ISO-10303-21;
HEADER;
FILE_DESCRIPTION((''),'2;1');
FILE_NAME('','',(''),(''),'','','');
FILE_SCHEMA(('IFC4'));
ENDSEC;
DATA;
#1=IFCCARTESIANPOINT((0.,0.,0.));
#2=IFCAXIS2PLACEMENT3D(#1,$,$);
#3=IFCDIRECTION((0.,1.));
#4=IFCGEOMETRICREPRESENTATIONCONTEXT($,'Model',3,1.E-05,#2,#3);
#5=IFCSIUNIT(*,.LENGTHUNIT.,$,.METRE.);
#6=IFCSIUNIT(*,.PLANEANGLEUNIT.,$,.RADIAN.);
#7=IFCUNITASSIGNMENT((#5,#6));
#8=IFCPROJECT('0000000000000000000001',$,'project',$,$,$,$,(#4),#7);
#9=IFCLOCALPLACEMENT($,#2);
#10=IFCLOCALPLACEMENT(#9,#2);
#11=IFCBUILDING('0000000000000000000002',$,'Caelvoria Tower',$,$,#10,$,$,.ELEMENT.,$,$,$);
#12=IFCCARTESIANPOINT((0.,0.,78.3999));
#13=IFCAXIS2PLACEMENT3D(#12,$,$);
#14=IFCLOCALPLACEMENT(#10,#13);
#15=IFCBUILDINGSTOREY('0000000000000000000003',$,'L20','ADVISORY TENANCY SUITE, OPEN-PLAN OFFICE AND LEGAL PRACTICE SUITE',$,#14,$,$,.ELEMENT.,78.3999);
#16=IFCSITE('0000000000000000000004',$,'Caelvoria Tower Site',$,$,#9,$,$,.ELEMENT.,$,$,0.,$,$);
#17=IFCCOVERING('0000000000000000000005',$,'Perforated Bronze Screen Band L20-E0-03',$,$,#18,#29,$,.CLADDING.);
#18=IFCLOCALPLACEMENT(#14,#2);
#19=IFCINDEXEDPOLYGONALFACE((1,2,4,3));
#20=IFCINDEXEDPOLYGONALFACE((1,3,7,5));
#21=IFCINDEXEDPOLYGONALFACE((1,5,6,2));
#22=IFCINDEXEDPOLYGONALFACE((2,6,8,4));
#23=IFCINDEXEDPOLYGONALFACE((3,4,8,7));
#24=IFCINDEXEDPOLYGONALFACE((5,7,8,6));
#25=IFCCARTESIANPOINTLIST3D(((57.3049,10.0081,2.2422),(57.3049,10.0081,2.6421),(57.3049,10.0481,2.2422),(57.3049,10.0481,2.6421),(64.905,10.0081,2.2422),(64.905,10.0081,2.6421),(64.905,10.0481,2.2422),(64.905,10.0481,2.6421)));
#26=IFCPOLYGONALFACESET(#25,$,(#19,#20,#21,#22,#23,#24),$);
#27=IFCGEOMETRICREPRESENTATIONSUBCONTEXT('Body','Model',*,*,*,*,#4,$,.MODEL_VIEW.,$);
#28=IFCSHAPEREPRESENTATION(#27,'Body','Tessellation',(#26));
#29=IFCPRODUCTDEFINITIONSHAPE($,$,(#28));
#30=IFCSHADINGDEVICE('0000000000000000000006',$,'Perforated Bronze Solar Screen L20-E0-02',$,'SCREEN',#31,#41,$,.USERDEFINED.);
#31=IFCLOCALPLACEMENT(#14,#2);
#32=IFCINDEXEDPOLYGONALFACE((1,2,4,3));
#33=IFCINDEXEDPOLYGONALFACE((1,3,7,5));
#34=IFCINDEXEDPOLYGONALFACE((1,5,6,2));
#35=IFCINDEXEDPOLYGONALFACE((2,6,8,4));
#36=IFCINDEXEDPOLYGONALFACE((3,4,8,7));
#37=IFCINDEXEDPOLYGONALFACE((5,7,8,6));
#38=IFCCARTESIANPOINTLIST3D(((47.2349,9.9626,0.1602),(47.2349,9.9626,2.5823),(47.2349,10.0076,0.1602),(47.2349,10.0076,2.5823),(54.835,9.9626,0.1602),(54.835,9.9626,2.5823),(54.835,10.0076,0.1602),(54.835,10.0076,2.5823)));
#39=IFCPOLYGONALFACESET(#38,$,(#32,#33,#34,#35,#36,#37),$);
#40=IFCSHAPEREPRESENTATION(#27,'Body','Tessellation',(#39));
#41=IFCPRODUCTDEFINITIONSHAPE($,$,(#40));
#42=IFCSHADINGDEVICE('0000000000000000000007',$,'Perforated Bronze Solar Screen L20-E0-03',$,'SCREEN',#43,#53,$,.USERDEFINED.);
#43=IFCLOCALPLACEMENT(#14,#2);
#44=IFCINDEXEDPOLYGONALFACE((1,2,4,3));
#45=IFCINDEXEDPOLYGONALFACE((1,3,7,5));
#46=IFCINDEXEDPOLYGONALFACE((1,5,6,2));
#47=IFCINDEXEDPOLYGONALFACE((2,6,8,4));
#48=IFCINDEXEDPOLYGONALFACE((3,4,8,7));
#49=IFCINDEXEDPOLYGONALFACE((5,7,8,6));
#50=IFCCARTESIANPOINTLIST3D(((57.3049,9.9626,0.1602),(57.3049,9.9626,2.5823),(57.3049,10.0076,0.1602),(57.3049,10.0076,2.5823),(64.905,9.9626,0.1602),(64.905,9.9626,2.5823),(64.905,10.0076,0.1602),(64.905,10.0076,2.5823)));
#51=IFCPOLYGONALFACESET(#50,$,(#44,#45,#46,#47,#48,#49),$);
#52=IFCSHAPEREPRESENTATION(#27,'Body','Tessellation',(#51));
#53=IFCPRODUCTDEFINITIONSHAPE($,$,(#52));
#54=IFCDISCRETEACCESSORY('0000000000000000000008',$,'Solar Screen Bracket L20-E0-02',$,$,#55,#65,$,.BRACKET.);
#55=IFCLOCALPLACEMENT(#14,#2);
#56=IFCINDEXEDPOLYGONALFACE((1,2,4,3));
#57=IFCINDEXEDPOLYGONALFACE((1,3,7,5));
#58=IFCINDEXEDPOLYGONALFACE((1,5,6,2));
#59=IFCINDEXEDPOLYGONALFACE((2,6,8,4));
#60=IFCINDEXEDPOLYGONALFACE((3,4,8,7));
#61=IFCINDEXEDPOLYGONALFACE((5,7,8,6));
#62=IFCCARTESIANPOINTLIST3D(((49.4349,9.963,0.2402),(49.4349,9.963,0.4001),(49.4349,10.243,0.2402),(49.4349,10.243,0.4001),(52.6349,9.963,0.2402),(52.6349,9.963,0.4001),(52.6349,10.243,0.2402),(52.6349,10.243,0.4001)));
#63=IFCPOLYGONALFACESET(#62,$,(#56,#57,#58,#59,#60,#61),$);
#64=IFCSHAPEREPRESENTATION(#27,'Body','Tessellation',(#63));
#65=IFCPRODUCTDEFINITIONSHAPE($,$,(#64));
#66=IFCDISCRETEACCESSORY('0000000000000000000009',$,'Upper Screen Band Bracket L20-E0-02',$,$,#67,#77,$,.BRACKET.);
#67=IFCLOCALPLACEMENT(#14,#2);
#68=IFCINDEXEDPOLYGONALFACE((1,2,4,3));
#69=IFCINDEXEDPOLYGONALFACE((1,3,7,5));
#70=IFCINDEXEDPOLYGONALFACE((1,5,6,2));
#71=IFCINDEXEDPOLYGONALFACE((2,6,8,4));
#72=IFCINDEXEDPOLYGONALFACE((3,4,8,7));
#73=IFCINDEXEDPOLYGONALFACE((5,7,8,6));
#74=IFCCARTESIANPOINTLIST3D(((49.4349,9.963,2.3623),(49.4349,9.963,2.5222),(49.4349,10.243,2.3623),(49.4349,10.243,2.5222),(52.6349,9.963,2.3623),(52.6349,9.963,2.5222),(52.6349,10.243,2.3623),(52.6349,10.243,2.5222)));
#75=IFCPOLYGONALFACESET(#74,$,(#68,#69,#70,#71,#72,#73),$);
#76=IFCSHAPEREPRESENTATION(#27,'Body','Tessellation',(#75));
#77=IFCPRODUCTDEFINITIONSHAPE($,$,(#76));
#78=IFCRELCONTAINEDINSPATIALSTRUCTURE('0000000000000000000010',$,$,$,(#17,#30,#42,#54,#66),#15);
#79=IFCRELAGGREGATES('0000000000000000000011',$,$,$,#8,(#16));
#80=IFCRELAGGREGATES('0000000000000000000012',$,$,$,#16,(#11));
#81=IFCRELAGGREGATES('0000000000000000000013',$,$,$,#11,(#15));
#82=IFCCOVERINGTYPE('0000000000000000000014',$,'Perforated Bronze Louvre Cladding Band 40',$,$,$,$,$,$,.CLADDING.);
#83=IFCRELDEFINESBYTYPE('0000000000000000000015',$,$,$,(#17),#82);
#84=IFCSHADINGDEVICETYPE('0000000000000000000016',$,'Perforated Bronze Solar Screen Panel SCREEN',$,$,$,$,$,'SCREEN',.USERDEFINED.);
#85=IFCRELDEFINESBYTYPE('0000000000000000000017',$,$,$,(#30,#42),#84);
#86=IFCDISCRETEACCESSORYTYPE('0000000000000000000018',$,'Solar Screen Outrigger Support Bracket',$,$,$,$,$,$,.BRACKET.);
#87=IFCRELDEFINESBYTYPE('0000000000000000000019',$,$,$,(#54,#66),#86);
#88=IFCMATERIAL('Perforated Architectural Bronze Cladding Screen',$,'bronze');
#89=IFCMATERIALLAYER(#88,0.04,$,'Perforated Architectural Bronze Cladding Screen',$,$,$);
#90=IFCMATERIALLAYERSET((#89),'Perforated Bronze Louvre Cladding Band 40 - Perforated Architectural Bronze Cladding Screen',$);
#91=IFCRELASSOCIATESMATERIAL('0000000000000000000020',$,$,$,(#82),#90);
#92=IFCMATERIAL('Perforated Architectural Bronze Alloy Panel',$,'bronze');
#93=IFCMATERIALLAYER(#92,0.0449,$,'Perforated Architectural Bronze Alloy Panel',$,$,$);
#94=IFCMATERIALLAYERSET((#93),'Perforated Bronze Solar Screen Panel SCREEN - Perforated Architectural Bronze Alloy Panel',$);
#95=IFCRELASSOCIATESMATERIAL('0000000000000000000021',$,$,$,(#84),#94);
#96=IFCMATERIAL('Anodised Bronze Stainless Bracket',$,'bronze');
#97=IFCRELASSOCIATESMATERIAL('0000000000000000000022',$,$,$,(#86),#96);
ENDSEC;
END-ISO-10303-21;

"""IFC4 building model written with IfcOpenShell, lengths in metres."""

from ifc_helpers import new_model, si_unit, direction, frame, origin, origin_2d, place, context, subcontext, project, spatial, rectangle, extrude, material, layer, layer_set, type_object, element, save


model = new_model("IFC4")

# Units and contexts
model_context = context("Model", 3, precision=1e-05, world=origin(), true_north=direction((0.0, 1.0)))
body_context = subcontext(model_context, "Body", "Model", "MODEL_VIEW")
ifc_project = project(units=[si_unit("LENGTHUNIT", "METRE"), si_unit("PLANEANGLEUNIT", "RADIAN")], contexts=[model_context])

# Site, building, storey
site_placement = place(None, origin())
site = spatial("IfcSite", under=ifc_project, at=site_placement, Name="Caelvoria Tower Site", CompositionType="ELEMENT", RefElevation=0.0)
building_placement = place(site_placement, origin())
building = spatial("IfcBuilding", under=site, at=building_placement, Name="Caelvoria Tower", CompositionType="ELEMENT")
storey_placement = place(building_placement, frame((0.0, 0.0, 78.3999)))
storey = spatial("IfcBuildingStorey", under=building, at=storey_placement, Name="L20", Description="ADVISORY TENANCY SUITE, OPEN-PLAN OFFICE AND LEGAL PRACTICE SUITE", CompositionType="ELEMENT", Elevation=78.3999)

# Covering
ifc_material_1 = material(Name="Perforated Architectural Bronze Cladding Screen", Category="bronze")
ifc_layer_1 = layer(ifc_material_1, 0.04, Name="Perforated Architectural Bronze Cladding Screen")
ifc_layer_set_1 = layer_set([ifc_layer_1], Name="Perforated Bronze Louvre Cladding Band 40 - Perforated Architectural Bronze Cladding Screen")
covering_type = type_object("IfcCoveringType", Name="Perforated Bronze Louvre Cladding Band 40", PredefinedType="CLADDING", material=ifc_layer_set_1)
for number, where, z_axis, x_axis, name in (
    (1, (61.105, 10.0281, 2.2422), (0.0, 0.0, 1.0), (1.0, 0.0, 0.0), "Perforated Bronze Screen Band L20-E0-03"),
):
    element("IfcCovering", number, at=place(storey_placement, frame(where, z_axis=z_axis, x_axis=x_axis)), inside=storey, type_object=covering_type, Name=name, PredefinedType="CLADDING", context=body_context, shape_type="SweptSolid", body=[
        extrude(rectangle(XDim=7.6001, YDim=0.04, at=origin_2d()), origin(), (0.0, 0.0, 1.0), 0.3999),
    ])

# Shading devices
ifc_material_2 = material(Name="Perforated Architectural Bronze Alloy Panel", Category="bronze")
ifc_layer_2 = layer(ifc_material_2, 0.0449, Name="Perforated Architectural Bronze Alloy Panel")
ifc_layer_set_2 = layer_set([ifc_layer_2], Name="Perforated Bronze Solar Screen Panel SCREEN - Perforated Architectural Bronze Alloy Panel")
shading_device_type = type_object("IfcShadingDeviceType", Name="Perforated Bronze Solar Screen Panel SCREEN", ElementType="SCREEN", PredefinedType="USERDEFINED", material=ifc_layer_set_2)
for number, where, z_axis, x_axis, name in (
    (2, (51.0349, 9.9851, 0.1602), (0.0, 0.0, 1.0), (1.0, 0.0, 0.0), "Perforated Bronze Solar Screen L20-E0-02"),
    (3, (61.105, 9.9851, 0.1602), (0.0, 0.0, 1.0), (1.0, 0.0, 0.0), "Perforated Bronze Solar Screen L20-E0-03"),
):
    element("IfcShadingDevice", number, at=place(storey_placement, frame(where, z_axis=z_axis, x_axis=x_axis)), inside=storey, type_object=shading_device_type, Name=name, ObjectType="SCREEN", PredefinedType="USERDEFINED", context=body_context, shape_type="SweptSolid", body=[
        extrude(rectangle(XDim=7.6001, YDim=0.0449, at=origin_2d()), origin(), (0.0, 0.0, 1.0), 2.4221),
    ])

# Discrete accessories
ifc_material_3 = material(Name="Anodised Bronze Stainless Bracket", Category="bronze")
discrete_accessory_type = type_object("IfcDiscreteAccessoryType", Name="Solar Screen Outrigger Support Bracket", PredefinedType="BRACKET", material=ifc_material_3)
for number, where, z_axis, x_axis, name in (
    (4, (51.0349, 10.103, 0.2402), (0.0, 0.0, 1.0), (1.0, 0.0, 0.0), "Solar Screen Bracket L20-E0-02"),
    (5, (51.0349, 10.103, 2.3623), (0.0, 0.0, 1.0), (1.0, 0.0, 0.0), "Upper Screen Band Bracket L20-E0-02"),
):
    element("IfcDiscreteAccessory", number, at=place(storey_placement, frame(where, z_axis=z_axis, x_axis=x_axis)), inside=storey, type_object=discrete_accessory_type, Name=name, PredefinedType="BRACKET", context=body_context, shape_type="SweptSolid", body=[
        extrude(rectangle(XDim=3.2, YDim=0.28, at=origin_2d()), origin(), (0.0, 0.0, 1.0), 0.1599),
    ])

save(model, "model.ifc")
